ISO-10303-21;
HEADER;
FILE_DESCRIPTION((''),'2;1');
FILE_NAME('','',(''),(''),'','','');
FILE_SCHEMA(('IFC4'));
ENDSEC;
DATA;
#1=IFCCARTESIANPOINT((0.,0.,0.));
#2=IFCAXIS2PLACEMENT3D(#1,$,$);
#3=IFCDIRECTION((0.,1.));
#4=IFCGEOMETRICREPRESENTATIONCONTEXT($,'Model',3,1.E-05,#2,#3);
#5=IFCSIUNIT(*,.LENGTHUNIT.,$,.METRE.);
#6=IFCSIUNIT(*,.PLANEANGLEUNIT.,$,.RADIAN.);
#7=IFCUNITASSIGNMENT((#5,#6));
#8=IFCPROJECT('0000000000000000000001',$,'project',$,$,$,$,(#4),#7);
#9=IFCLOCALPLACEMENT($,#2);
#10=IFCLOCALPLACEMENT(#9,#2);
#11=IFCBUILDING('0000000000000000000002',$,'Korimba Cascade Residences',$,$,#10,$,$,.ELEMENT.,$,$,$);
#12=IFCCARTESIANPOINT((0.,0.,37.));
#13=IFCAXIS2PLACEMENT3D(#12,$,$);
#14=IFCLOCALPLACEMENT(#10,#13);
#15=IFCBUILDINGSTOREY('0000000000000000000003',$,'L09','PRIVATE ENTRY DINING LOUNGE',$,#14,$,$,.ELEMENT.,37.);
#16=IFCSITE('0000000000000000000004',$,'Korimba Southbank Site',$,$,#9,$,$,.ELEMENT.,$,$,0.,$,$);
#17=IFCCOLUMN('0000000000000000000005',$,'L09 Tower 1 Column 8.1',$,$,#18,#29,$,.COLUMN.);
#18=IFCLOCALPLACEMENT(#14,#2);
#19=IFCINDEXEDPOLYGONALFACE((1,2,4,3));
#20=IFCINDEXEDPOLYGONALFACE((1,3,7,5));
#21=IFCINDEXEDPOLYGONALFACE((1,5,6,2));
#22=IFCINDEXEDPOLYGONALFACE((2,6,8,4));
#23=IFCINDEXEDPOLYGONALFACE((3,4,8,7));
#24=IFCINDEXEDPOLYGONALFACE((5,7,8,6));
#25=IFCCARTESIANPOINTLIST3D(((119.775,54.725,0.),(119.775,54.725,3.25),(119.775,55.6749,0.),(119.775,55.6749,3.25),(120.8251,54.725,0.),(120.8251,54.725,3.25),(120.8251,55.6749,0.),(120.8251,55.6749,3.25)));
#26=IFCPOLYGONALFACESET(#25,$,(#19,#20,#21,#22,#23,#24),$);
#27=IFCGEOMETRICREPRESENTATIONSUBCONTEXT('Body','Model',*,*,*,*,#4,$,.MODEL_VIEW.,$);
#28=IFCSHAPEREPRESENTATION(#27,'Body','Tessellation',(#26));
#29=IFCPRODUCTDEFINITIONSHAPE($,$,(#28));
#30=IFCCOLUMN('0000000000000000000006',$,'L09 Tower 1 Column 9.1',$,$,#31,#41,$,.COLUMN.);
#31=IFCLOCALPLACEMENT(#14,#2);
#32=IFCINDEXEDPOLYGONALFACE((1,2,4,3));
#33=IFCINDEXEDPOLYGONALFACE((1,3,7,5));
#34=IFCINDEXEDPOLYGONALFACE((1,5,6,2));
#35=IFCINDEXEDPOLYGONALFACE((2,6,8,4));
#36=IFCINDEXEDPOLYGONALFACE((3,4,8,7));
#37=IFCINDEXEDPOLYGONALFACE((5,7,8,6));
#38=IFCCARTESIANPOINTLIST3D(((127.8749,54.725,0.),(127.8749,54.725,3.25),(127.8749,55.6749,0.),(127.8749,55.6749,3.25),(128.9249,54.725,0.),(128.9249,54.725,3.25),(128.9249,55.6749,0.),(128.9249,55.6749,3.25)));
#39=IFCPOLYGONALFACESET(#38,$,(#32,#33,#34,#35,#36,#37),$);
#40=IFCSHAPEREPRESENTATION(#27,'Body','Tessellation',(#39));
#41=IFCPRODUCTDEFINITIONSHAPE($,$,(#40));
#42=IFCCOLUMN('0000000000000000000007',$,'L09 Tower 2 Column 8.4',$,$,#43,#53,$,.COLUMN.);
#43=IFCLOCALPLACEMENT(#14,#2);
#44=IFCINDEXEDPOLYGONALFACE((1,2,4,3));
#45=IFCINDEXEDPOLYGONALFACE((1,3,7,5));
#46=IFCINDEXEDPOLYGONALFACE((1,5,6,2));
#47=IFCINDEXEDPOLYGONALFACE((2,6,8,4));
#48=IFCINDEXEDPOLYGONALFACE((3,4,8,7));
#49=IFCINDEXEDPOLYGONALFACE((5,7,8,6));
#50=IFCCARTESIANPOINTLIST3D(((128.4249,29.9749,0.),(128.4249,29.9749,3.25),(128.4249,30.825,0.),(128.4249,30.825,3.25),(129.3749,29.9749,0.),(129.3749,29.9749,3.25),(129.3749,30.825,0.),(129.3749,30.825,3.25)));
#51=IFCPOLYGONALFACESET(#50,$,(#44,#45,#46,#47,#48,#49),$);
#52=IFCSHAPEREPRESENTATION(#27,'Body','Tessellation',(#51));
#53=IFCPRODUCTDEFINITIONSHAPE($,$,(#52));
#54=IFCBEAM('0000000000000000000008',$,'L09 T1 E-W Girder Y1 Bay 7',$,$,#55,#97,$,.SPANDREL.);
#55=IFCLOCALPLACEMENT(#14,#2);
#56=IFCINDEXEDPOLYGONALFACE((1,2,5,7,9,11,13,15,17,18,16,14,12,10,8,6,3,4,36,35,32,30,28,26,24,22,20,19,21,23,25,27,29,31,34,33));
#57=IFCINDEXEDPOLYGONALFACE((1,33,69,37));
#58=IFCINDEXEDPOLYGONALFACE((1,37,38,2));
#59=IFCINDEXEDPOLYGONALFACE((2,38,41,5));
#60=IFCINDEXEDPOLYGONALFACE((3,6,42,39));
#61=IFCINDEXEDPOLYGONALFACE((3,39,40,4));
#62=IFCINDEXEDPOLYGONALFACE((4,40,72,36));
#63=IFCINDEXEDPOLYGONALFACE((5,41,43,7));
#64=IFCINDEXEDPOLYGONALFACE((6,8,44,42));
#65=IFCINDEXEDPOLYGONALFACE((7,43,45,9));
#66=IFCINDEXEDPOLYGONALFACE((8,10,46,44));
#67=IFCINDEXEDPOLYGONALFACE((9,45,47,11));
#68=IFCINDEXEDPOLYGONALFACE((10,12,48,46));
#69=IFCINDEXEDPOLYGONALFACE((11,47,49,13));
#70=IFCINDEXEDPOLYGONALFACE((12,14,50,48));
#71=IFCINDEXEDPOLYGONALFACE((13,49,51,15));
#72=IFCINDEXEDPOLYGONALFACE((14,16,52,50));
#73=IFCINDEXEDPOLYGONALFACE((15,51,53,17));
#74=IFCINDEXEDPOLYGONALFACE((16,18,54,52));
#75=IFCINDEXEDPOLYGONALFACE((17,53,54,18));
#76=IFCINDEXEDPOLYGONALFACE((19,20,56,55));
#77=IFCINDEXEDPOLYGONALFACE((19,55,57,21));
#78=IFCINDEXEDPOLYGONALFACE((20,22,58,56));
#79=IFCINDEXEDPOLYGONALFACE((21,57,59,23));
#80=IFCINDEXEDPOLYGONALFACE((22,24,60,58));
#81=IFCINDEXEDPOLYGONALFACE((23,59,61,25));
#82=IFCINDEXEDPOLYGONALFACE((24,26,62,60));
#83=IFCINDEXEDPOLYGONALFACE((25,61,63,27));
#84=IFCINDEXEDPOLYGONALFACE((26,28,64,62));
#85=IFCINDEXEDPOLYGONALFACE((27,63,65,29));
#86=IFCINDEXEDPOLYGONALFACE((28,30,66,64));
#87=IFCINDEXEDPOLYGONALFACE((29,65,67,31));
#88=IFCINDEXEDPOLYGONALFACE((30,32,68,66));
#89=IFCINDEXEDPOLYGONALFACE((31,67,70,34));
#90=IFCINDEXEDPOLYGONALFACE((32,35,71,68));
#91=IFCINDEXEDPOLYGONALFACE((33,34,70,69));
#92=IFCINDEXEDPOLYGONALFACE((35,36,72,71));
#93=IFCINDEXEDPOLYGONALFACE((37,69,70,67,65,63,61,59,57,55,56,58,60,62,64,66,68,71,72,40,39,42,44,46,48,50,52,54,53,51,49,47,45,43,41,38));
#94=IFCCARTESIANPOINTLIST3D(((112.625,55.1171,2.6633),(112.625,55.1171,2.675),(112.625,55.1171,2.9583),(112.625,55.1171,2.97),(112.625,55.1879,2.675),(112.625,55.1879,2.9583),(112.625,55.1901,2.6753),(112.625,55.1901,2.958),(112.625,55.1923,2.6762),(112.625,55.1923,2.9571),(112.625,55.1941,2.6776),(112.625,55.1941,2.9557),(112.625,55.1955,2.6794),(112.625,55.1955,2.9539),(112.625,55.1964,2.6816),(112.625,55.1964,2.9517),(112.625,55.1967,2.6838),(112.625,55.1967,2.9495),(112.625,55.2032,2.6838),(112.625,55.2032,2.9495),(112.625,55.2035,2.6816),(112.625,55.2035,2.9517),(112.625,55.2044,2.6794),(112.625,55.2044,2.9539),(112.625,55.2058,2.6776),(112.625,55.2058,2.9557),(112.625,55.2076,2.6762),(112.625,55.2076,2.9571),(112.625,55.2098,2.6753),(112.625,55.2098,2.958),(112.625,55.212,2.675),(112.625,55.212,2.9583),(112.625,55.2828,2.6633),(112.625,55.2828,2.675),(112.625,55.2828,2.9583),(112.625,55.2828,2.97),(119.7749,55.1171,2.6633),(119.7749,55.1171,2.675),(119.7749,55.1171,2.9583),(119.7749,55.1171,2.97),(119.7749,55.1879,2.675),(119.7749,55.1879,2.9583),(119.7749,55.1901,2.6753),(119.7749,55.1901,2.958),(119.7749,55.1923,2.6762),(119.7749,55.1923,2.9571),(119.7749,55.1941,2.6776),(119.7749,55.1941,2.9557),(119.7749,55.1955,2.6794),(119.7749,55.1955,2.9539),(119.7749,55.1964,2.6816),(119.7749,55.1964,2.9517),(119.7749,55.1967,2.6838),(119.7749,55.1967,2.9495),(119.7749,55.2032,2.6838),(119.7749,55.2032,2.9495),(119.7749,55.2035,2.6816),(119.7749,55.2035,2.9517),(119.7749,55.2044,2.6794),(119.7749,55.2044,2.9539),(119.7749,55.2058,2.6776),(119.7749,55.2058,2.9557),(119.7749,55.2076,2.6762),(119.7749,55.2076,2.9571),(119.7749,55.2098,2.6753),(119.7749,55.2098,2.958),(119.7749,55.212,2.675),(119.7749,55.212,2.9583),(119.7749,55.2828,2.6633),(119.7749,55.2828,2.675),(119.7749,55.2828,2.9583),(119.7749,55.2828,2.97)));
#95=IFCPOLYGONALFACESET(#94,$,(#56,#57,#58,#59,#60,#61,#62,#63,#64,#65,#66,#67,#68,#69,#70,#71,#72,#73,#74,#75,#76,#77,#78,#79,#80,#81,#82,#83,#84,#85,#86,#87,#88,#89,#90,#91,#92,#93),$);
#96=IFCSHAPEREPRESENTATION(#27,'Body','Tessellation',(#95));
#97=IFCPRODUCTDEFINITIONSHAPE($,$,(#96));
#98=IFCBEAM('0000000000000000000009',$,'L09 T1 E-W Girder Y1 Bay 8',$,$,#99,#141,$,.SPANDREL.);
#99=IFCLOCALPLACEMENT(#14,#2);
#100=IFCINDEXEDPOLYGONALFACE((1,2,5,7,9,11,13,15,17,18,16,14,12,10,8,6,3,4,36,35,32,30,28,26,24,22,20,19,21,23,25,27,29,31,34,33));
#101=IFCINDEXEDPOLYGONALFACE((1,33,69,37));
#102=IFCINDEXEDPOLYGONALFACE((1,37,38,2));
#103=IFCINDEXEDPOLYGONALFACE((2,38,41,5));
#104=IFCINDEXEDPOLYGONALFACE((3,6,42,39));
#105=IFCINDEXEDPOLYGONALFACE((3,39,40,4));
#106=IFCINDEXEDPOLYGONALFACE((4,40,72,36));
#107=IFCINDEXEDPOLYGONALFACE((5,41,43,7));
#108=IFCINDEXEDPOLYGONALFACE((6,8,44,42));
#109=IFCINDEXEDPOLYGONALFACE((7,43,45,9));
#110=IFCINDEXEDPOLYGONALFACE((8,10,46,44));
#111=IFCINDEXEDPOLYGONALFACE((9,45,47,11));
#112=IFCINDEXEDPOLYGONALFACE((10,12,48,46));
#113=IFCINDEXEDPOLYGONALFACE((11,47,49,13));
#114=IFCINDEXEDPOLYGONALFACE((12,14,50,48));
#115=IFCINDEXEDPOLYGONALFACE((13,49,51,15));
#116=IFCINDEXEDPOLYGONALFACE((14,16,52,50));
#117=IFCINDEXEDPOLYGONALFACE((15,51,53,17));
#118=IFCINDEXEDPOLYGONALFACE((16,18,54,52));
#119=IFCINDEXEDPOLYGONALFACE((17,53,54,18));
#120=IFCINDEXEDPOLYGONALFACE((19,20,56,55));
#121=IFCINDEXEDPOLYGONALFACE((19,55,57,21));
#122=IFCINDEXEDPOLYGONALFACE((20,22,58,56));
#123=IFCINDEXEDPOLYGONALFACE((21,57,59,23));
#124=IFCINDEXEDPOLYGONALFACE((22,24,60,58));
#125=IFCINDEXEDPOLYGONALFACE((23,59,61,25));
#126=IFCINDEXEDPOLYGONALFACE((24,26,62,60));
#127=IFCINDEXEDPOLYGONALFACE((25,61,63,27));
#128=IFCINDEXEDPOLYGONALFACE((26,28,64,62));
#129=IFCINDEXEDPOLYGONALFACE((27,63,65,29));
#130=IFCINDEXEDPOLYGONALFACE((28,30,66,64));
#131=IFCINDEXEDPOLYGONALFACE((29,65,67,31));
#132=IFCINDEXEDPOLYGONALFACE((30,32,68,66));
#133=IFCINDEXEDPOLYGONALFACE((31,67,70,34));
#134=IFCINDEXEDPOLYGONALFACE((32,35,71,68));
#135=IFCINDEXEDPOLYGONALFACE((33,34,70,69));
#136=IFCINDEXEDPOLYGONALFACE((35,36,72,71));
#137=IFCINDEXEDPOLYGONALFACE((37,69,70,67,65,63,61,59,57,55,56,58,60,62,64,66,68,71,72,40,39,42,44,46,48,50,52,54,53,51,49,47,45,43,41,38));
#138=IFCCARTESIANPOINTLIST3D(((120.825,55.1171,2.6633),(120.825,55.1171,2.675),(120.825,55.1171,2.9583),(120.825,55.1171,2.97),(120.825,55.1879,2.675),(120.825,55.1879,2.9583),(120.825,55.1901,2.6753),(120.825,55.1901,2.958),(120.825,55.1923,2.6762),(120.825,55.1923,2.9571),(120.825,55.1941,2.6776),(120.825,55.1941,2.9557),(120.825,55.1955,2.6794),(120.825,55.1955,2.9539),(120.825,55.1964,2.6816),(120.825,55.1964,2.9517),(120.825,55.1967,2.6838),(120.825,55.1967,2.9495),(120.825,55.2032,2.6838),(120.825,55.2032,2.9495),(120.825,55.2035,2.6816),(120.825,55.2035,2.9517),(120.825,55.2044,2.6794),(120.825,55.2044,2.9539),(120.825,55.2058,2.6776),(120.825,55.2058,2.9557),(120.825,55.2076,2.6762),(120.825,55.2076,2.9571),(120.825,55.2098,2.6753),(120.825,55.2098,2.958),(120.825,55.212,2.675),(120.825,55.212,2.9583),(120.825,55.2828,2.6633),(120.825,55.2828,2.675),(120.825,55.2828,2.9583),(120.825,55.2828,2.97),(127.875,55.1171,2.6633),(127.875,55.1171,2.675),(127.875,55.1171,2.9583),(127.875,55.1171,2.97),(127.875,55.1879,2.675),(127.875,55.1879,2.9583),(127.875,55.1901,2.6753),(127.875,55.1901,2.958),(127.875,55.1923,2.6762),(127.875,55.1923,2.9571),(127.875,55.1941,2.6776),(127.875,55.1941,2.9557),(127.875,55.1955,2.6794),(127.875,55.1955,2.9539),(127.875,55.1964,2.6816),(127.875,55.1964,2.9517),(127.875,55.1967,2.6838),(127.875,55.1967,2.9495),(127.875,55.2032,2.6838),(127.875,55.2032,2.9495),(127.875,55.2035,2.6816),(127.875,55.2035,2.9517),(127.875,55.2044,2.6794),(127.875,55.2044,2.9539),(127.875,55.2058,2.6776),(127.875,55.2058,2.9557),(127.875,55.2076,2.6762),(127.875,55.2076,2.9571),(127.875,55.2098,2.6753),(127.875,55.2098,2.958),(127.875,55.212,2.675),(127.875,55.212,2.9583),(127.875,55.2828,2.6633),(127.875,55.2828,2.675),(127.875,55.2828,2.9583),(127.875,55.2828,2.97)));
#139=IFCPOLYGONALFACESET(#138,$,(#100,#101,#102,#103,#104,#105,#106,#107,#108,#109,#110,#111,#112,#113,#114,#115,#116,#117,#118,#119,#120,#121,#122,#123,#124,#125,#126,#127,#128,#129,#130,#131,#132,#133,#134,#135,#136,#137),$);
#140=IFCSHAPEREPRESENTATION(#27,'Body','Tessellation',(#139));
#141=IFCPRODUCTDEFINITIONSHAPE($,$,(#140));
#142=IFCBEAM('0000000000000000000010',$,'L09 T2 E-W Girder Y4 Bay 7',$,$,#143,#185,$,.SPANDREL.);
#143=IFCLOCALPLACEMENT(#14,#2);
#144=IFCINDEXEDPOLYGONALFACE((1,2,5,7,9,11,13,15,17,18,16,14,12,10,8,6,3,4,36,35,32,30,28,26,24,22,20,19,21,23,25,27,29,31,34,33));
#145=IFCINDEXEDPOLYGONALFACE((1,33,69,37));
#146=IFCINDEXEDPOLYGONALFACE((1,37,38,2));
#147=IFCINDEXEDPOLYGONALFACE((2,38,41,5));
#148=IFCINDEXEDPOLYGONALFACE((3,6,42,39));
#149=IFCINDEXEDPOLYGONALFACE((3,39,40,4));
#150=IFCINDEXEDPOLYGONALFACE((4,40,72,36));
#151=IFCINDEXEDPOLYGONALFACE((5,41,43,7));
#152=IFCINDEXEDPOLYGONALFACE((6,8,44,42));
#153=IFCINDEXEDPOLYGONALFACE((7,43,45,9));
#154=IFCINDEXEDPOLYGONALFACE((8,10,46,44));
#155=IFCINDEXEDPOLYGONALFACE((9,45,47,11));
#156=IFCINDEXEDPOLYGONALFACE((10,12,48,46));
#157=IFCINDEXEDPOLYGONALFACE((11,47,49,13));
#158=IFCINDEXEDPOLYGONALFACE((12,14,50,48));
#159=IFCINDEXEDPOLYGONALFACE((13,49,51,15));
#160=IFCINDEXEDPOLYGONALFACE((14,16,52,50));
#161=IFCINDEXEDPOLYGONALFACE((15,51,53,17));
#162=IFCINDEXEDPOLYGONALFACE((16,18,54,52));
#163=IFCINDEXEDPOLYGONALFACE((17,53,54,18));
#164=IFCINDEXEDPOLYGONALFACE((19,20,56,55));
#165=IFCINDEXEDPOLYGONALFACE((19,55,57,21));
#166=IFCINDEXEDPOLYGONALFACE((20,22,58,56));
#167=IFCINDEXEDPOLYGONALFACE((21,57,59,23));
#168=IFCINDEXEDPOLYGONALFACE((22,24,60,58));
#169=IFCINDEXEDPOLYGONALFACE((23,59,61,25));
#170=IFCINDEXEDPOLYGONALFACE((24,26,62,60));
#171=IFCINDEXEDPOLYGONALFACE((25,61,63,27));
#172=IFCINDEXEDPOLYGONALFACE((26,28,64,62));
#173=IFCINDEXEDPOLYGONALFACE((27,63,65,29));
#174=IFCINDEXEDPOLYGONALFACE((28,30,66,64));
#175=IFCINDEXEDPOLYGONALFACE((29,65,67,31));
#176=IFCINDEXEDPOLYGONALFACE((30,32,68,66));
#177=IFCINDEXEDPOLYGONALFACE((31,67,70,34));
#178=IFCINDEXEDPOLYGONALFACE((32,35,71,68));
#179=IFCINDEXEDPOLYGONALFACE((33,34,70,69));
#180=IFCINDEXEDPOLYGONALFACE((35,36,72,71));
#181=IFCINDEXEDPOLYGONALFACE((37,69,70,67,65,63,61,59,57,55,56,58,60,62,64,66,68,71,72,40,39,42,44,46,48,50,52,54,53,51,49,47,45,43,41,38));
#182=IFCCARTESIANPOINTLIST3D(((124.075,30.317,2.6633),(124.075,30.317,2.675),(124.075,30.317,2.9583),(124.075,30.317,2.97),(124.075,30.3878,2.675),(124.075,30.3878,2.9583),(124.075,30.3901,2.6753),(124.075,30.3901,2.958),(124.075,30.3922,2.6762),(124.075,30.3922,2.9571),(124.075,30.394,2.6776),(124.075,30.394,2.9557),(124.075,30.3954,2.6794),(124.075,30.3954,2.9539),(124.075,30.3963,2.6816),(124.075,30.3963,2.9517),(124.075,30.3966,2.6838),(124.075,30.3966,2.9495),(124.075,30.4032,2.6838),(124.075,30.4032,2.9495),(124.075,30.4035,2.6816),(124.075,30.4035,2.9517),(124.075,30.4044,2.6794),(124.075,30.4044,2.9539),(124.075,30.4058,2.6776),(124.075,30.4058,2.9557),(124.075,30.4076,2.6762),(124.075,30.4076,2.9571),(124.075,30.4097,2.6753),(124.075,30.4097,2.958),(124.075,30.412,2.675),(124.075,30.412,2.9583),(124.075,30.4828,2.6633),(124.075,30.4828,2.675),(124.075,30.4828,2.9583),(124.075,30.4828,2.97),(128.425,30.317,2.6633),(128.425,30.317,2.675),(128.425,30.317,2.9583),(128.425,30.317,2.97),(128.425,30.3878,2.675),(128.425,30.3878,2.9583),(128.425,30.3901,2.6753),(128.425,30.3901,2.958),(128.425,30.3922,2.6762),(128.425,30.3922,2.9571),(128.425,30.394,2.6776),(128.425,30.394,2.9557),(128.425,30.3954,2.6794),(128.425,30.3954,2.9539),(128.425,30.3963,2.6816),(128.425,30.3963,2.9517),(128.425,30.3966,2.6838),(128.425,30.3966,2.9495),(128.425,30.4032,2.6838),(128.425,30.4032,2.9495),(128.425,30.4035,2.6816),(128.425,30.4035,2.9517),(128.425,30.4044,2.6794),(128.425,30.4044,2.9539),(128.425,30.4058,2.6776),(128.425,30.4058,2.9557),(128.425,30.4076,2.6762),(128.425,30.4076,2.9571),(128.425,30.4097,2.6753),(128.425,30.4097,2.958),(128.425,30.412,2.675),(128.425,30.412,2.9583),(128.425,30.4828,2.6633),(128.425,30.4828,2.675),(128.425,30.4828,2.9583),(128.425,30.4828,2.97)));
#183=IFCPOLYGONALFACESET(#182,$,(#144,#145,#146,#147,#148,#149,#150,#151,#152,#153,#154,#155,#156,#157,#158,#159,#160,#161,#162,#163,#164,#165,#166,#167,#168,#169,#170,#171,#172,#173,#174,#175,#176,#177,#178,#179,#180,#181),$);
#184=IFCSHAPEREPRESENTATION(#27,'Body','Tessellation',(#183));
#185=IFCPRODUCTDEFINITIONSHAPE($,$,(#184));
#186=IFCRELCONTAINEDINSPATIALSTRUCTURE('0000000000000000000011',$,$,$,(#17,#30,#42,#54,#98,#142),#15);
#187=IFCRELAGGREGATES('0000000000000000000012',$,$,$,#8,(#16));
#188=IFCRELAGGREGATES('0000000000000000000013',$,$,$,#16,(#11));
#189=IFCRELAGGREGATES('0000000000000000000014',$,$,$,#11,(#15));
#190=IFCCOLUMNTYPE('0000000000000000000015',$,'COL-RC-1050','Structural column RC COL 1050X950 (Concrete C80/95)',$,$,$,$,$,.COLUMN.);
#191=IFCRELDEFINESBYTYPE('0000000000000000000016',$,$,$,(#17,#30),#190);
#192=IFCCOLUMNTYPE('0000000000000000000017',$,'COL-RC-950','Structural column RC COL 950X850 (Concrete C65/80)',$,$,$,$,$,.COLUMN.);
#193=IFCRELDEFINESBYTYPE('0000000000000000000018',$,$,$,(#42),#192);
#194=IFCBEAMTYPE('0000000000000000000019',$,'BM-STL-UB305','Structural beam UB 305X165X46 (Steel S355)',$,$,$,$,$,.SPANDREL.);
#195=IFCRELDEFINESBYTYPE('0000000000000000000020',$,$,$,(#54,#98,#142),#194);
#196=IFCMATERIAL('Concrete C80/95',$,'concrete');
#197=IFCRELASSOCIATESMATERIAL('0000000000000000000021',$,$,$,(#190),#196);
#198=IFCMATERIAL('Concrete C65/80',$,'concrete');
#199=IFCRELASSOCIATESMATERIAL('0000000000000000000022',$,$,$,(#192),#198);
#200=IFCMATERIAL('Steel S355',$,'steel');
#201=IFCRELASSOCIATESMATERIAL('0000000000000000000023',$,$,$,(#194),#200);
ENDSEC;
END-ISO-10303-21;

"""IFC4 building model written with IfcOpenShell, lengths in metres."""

from ifc_helpers import new_model, si_unit, direction, frame, origin, origin_2d, place, context, subcontext, project, spatial, rectangle, i_section, extrude, material, material_profile, profile_set, type_object, element, save


model = new_model("IFC4")

# Units and contexts
model_context = context("Model", 3, precision=1e-05, world=origin(), true_north=direction((0.0, 1.0)))
body_context = subcontext(model_context, "Body", "Model", "MODEL_VIEW")
ifc_project = project(units=[si_unit("LENGTHUNIT", "METRE"), si_unit("PLANEANGLEUNIT", "RADIAN")], contexts=[model_context])

# Site, building, storey
site_placement = place(None, origin())
site = spatial("IfcSite", under=ifc_project, at=site_placement, Name="Korimba Southbank Site", CompositionType="ELEMENT", RefElevation=0.0)
building_placement = place(site_placement, origin())
building = spatial("IfcBuilding", under=site, at=building_placement, Name="Korimba Cascade Residences", CompositionType="ELEMENT")
storey_placement = place(building_placement, frame((0.0, 0.0, 37.0)))
storey = spatial("IfcBuildingStorey", under=building, at=storey_placement, Name="L09", Description="PRIVATE ENTRY DINING LOUNGE", CompositionType="ELEMENT", Elevation=37.0)

# Columns
ifc_material_1 = material(Name="Concrete C80/95", Category="concrete")
ifc_material_profile_1 = material_profile(ifc_material_1, rectangle(XDim=1.05, YDim=0.95, at=origin_2d()), Name="Concrete C80/95")
ifc_profile_set_1 = profile_set([ifc_material_profile_1], Name="Concrete C80/95")
column_type_1 = type_object("IfcColumnType", Name="COL-RC-1050", Description="Structural column RC COL 1050X950 (Concrete C80/95)", PredefinedType="COLUMN", material=ifc_profile_set_1)
for number, where, z_axis, x_axis, name in (
    (1, (120.3, 55.2, 0.0), (0.0, 0.0, 1.0), (1.0, 0.0, 0.0), "L09 Tower 1 Column 8.1"),
    (2, (128.3999, 55.2, 0.0), (0.0, 0.0, 1.0), (1.0, 0.0, 0.0), "L09 Tower 1 Column 9.1"),
):
    element("IfcColumn", number, at=place(storey_placement, frame(where, z_axis=z_axis, x_axis=x_axis)), inside=storey, type_object=column_type_1, Name=name, PredefinedType="COLUMN", context=body_context, shape_type="SweptSolid", body=[
        extrude(rectangle(XDim=1.05, YDim=0.95, at=origin_2d()), origin(), (0.0, 0.0, 1.0), 3.25),
    ])
ifc_material_2 = material(Name="Concrete C65/80", Category="concrete")
ifc_material_profile_2 = material_profile(ifc_material_2, rectangle(XDim=0.95, YDim=0.8501, at=origin_2d()), Name="Concrete C65/80")
ifc_profile_set_2 = profile_set([ifc_material_profile_2], Name="Concrete C65/80")
column_type_2 = type_object("IfcColumnType", Name="COL-RC-950", Description="Structural column RC COL 950X850 (Concrete C65/80)", PredefinedType="COLUMN", material=ifc_profile_set_2)
column_placement = place(storey_placement, frame((128.8999, 30.3999, 0.0), z_axis=(0.0, 0.0, 1.0), x_axis=(1.0, 0.0, 0.0)))
element("IfcColumn", 3, at=column_placement, inside=storey, type_object=column_type_2, Name="L09 Tower 2 Column 8.4", PredefinedType="COLUMN", context=body_context, shape_type="SweptSolid", body=[
    extrude(rectangle(XDim=0.95, YDim=0.8501, at=origin_2d()), origin(), (0.0, 0.0, 1.0), 3.25),
])

# Beams
ifc_material_3 = material(Name="Steel S355", Category="steel")
ifc_material_profile_3 = material_profile(ifc_material_3, i_section(OverallWidth=0.1658, OverallDepth=0.3066, WebThickness=0.0066, FlangeThickness=0.0117, FilletRadius=0.0088, at=origin_2d()), Name="Steel S355")
ifc_profile_set_3 = profile_set([ifc_material_profile_3], Name="Steel S355")
beam_type = type_object("IfcBeamType", Name="BM-STL-UB305", Description="Structural beam UB 305X165X46 (Steel S355)", PredefinedType="SPANDREL", material=ifc_profile_set_3)
beam_1_placement = place(storey_placement, frame((112.625, 55.2, 2.8167), z_axis=(1.0, 0.0, 0.0), x_axis=(0.0, 1.0, 0.0)))
element("IfcBeam", 4, at=beam_1_placement, inside=storey, type_object=beam_type, Name="L09 T1 E-W Girder Y1 Bay 7", PredefinedType="SPANDREL", context=body_context, shape_type="SweptSolid", body=[
    extrude(i_section(OverallWidth=0.1658, OverallDepth=0.3066, WebThickness=0.0066, FlangeThickness=0.0117, FilletRadius=0.0088, at=origin_2d()), origin(), (0.0, 0.0, 1.0), 7.1499),
])
beam_2_placement = place(storey_placement, frame((120.825, 55.2, 2.8167), z_axis=(1.0, 0.0, 0.0), x_axis=(0.0, 1.0, 0.0)))
element("IfcBeam", 5, at=beam_2_placement, inside=storey, type_object=beam_type, Name="L09 T1 E-W Girder Y1 Bay 8", PredefinedType="SPANDREL", context=body_context, shape_type="SweptSolid", body=[
    extrude(i_section(OverallWidth=0.1658, OverallDepth=0.3066, WebThickness=0.0066, FlangeThickness=0.0117, FilletRadius=0.0088, at=origin_2d()), origin(), (0.0, 0.0, 1.0), 7.05),
])
beam_3_placement = place(storey_placement, frame((124.075, 30.3999, 2.8167), z_axis=(1.0, 0.0, 0.0), x_axis=(0.0, 1.0, 0.0)))
element("IfcBeam", 6, at=beam_3_placement, inside=storey, type_object=beam_type, Name="L09 T2 E-W Girder Y4 Bay 7", PredefinedType="SPANDREL", context=body_context, shape_type="SweptSolid", body=[
    extrude(i_section(OverallWidth=0.1658, OverallDepth=0.3066, WebThickness=0.0066, FlangeThickness=0.0117, FilletRadius=0.0088, at=origin_2d()), origin(), (0.0, 0.0, 1.0), 4.3501),
])

save(model, "model.ifc")
